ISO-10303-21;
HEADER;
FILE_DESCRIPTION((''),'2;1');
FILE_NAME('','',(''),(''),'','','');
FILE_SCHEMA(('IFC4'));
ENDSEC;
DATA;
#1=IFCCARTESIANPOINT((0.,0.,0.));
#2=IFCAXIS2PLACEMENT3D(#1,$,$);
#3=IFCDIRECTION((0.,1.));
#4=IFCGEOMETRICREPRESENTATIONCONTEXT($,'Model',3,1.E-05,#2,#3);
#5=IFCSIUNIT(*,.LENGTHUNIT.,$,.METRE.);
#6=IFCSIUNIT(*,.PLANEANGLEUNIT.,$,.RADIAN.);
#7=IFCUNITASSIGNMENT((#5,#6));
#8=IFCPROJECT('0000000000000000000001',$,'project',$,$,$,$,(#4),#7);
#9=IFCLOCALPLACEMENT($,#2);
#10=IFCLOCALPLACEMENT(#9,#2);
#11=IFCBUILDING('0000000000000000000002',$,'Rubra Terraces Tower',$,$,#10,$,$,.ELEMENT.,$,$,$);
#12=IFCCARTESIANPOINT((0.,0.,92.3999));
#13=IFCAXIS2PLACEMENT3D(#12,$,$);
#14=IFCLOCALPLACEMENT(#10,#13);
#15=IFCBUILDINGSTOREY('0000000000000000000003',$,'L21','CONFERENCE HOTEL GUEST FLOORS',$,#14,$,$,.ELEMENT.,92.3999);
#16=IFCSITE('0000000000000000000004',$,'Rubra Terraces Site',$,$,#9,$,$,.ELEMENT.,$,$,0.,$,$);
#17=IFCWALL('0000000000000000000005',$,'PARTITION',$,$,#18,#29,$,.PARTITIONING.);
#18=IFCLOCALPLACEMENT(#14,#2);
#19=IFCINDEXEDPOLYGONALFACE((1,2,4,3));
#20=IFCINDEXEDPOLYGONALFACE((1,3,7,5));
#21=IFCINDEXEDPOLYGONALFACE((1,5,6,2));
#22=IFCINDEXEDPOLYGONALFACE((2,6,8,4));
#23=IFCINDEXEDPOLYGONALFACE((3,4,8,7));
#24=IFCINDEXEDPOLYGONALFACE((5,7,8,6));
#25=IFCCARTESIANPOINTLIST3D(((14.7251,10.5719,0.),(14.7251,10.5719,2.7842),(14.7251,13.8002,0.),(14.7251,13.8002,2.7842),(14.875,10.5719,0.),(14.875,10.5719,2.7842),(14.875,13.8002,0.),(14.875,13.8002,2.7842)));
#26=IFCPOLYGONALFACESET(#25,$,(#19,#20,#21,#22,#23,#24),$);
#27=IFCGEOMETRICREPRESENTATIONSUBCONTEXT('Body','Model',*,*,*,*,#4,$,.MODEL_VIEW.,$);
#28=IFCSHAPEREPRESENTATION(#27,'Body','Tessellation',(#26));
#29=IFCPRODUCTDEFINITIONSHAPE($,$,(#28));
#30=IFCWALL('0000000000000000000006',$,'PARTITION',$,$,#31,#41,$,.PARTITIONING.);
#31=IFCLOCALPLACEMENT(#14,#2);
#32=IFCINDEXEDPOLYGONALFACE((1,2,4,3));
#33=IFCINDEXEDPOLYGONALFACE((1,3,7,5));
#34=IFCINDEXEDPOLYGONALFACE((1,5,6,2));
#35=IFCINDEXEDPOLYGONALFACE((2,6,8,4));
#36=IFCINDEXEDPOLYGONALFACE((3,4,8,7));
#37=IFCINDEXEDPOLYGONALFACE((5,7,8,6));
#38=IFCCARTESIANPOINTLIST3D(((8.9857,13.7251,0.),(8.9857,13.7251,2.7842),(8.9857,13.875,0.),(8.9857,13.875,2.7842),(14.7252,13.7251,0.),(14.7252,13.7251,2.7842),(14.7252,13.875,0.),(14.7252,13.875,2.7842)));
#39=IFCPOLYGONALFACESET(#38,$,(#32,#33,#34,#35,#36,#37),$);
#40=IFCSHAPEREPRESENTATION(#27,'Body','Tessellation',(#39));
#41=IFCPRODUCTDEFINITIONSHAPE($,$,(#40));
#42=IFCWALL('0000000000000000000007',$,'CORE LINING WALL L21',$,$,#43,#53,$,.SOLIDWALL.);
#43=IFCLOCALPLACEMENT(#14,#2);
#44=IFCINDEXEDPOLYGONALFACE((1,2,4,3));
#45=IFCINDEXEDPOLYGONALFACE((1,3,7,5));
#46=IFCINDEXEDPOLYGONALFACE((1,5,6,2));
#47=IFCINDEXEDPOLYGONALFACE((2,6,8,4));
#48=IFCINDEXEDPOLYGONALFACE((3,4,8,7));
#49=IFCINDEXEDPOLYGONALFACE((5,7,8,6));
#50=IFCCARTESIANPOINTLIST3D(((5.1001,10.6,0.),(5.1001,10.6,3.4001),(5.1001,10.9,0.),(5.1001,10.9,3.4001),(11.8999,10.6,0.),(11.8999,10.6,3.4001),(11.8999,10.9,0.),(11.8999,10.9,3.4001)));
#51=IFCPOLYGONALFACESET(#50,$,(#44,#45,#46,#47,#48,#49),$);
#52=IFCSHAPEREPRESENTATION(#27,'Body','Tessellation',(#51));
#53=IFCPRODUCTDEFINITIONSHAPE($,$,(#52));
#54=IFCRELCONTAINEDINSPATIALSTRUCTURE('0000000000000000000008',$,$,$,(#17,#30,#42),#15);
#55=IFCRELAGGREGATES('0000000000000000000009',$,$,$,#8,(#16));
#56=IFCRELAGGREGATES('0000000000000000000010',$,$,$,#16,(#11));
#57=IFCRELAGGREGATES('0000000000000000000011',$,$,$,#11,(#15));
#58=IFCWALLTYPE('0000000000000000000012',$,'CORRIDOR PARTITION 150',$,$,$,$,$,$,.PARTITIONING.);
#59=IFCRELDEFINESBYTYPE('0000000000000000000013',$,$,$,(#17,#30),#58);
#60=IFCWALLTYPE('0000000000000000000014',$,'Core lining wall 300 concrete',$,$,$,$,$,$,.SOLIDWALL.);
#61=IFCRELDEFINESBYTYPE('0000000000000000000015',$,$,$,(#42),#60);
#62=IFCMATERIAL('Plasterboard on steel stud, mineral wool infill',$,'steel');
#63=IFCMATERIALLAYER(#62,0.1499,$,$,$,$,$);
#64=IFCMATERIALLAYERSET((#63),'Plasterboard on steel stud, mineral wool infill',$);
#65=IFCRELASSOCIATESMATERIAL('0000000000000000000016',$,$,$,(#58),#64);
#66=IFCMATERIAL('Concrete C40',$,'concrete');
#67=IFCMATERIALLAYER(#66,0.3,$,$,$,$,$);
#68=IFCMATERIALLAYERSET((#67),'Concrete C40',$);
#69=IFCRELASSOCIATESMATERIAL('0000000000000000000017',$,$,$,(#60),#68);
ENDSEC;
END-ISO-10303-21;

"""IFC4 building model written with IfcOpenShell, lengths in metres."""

from ifc_helpers import new_model, si_unit, direction, frame, frame_2d, origin, place, context, subcontext, project, spatial, rectangle, extrude, material, layer, layer_set, type_object, element, save


model = new_model("IFC4")

# Units and contexts
model_context = context("Model", 3, precision=1e-05, world=origin(), true_north=direction((0.0, 1.0)))
body_context = subcontext(model_context, "Body", "Model", "MODEL_VIEW")
ifc_project = project(units=[si_unit("LENGTHUNIT", "METRE"), si_unit("PLANEANGLEUNIT", "RADIAN")], contexts=[model_context])

# Site, building, storey
site_placement = place(None, origin())
site = spatial("IfcSite", under=ifc_project, at=site_placement, Name="Rubra Terraces Site", CompositionType="ELEMENT", RefElevation=0.0)
building_placement = place(site_placement, origin())
building = spatial("IfcBuilding", under=site, at=building_placement, Name="Rubra Terraces Tower", CompositionType="ELEMENT")
storey_placement = place(building_placement, frame((0.0, 0.0, 92.3999)))
storey = spatial("IfcBuildingStorey", under=building, at=storey_placement, Name="L21", Description="CONFERENCE HOTEL GUEST FLOORS", CompositionType="ELEMENT", Elevation=92.3999)

# Shared definitions
ifc_material_1 = material(Name="Plasterboard on steel stud, mineral wool infill", Category="steel")
ifc_layer_1 = layer(ifc_material_1, 0.1499)
ifc_layer_set_1 = layer_set([ifc_layer_1], Name="Plasterboard on steel stud, mineral wool infill")
wall_type_1 = type_object("IfcWallType", Name="CORRIDOR PARTITION 150", PredefinedType="PARTITIONING", material=ifc_layer_set_1)

# Walls
wall_1_placement = place(storey_placement, frame((14.8, 10.5718, 0.0), z_axis=(0.0, 0.0, 1.0), x_axis=(0.0, 1.0, 0.0)))
element("IfcWall", 1, at=wall_1_placement, inside=storey, type_object=wall_type_1, Name="PARTITION", PredefinedType="PARTITIONING", context=body_context, shape_type="SweptSolid", body=[
    extrude(rectangle(XDim=3.2283, YDim=0.1499, at=frame_2d((1.6143, 0.0))), origin(), (0.0, 0.0, 1.0), 2.7842),
])
wall_2_placement = place(storey_placement, frame((14.7251, 13.8, 0.0), z_axis=(0.0, 0.0, 1.0), x_axis=(-1.0, 0.0, 0.0)))
element("IfcWall", 2, at=wall_2_placement, inside=storey, type_object=wall_type_1, Name="PARTITION", PredefinedType="PARTITIONING", context=body_context, shape_type="SweptSolid", body=[
    extrude(rectangle(XDim=5.7395, YDim=0.1499, at=frame_2d((2.8696, 0.0))), origin(), (0.0, 0.0, 1.0), 2.7842),
])
ifc_material_2 = material(Name="Concrete C40", Category="concrete")
ifc_layer_2 = layer(ifc_material_2, 0.3)
ifc_layer_set_2 = layer_set([ifc_layer_2], Name="Concrete C40")
wall_type_2 = type_object("IfcWallType", Name="Core lining wall 300 concrete", PredefinedType="SOLIDWALL", material=ifc_layer_set_2)
wall_3_placement = place(storey_placement, frame((11.8999, 10.75, 0.0), z_axis=(0.0, 0.0, 1.0), x_axis=(-1.0, 0.0, 0.0)))
element("IfcWall", 3, at=wall_3_placement, inside=storey, type_object=wall_type_2, Name="CORE LINING WALL L21", PredefinedType="SOLIDWALL", context=body_context, shape_type="SweptSolid", body=[
    extrude(rectangle(XDim=6.7998, YDim=0.3, at=frame_2d((3.3999, 0.0))), origin(), (0.0, 0.0, 1.0), 3.4001),
])

save(model, "model.ifc")
